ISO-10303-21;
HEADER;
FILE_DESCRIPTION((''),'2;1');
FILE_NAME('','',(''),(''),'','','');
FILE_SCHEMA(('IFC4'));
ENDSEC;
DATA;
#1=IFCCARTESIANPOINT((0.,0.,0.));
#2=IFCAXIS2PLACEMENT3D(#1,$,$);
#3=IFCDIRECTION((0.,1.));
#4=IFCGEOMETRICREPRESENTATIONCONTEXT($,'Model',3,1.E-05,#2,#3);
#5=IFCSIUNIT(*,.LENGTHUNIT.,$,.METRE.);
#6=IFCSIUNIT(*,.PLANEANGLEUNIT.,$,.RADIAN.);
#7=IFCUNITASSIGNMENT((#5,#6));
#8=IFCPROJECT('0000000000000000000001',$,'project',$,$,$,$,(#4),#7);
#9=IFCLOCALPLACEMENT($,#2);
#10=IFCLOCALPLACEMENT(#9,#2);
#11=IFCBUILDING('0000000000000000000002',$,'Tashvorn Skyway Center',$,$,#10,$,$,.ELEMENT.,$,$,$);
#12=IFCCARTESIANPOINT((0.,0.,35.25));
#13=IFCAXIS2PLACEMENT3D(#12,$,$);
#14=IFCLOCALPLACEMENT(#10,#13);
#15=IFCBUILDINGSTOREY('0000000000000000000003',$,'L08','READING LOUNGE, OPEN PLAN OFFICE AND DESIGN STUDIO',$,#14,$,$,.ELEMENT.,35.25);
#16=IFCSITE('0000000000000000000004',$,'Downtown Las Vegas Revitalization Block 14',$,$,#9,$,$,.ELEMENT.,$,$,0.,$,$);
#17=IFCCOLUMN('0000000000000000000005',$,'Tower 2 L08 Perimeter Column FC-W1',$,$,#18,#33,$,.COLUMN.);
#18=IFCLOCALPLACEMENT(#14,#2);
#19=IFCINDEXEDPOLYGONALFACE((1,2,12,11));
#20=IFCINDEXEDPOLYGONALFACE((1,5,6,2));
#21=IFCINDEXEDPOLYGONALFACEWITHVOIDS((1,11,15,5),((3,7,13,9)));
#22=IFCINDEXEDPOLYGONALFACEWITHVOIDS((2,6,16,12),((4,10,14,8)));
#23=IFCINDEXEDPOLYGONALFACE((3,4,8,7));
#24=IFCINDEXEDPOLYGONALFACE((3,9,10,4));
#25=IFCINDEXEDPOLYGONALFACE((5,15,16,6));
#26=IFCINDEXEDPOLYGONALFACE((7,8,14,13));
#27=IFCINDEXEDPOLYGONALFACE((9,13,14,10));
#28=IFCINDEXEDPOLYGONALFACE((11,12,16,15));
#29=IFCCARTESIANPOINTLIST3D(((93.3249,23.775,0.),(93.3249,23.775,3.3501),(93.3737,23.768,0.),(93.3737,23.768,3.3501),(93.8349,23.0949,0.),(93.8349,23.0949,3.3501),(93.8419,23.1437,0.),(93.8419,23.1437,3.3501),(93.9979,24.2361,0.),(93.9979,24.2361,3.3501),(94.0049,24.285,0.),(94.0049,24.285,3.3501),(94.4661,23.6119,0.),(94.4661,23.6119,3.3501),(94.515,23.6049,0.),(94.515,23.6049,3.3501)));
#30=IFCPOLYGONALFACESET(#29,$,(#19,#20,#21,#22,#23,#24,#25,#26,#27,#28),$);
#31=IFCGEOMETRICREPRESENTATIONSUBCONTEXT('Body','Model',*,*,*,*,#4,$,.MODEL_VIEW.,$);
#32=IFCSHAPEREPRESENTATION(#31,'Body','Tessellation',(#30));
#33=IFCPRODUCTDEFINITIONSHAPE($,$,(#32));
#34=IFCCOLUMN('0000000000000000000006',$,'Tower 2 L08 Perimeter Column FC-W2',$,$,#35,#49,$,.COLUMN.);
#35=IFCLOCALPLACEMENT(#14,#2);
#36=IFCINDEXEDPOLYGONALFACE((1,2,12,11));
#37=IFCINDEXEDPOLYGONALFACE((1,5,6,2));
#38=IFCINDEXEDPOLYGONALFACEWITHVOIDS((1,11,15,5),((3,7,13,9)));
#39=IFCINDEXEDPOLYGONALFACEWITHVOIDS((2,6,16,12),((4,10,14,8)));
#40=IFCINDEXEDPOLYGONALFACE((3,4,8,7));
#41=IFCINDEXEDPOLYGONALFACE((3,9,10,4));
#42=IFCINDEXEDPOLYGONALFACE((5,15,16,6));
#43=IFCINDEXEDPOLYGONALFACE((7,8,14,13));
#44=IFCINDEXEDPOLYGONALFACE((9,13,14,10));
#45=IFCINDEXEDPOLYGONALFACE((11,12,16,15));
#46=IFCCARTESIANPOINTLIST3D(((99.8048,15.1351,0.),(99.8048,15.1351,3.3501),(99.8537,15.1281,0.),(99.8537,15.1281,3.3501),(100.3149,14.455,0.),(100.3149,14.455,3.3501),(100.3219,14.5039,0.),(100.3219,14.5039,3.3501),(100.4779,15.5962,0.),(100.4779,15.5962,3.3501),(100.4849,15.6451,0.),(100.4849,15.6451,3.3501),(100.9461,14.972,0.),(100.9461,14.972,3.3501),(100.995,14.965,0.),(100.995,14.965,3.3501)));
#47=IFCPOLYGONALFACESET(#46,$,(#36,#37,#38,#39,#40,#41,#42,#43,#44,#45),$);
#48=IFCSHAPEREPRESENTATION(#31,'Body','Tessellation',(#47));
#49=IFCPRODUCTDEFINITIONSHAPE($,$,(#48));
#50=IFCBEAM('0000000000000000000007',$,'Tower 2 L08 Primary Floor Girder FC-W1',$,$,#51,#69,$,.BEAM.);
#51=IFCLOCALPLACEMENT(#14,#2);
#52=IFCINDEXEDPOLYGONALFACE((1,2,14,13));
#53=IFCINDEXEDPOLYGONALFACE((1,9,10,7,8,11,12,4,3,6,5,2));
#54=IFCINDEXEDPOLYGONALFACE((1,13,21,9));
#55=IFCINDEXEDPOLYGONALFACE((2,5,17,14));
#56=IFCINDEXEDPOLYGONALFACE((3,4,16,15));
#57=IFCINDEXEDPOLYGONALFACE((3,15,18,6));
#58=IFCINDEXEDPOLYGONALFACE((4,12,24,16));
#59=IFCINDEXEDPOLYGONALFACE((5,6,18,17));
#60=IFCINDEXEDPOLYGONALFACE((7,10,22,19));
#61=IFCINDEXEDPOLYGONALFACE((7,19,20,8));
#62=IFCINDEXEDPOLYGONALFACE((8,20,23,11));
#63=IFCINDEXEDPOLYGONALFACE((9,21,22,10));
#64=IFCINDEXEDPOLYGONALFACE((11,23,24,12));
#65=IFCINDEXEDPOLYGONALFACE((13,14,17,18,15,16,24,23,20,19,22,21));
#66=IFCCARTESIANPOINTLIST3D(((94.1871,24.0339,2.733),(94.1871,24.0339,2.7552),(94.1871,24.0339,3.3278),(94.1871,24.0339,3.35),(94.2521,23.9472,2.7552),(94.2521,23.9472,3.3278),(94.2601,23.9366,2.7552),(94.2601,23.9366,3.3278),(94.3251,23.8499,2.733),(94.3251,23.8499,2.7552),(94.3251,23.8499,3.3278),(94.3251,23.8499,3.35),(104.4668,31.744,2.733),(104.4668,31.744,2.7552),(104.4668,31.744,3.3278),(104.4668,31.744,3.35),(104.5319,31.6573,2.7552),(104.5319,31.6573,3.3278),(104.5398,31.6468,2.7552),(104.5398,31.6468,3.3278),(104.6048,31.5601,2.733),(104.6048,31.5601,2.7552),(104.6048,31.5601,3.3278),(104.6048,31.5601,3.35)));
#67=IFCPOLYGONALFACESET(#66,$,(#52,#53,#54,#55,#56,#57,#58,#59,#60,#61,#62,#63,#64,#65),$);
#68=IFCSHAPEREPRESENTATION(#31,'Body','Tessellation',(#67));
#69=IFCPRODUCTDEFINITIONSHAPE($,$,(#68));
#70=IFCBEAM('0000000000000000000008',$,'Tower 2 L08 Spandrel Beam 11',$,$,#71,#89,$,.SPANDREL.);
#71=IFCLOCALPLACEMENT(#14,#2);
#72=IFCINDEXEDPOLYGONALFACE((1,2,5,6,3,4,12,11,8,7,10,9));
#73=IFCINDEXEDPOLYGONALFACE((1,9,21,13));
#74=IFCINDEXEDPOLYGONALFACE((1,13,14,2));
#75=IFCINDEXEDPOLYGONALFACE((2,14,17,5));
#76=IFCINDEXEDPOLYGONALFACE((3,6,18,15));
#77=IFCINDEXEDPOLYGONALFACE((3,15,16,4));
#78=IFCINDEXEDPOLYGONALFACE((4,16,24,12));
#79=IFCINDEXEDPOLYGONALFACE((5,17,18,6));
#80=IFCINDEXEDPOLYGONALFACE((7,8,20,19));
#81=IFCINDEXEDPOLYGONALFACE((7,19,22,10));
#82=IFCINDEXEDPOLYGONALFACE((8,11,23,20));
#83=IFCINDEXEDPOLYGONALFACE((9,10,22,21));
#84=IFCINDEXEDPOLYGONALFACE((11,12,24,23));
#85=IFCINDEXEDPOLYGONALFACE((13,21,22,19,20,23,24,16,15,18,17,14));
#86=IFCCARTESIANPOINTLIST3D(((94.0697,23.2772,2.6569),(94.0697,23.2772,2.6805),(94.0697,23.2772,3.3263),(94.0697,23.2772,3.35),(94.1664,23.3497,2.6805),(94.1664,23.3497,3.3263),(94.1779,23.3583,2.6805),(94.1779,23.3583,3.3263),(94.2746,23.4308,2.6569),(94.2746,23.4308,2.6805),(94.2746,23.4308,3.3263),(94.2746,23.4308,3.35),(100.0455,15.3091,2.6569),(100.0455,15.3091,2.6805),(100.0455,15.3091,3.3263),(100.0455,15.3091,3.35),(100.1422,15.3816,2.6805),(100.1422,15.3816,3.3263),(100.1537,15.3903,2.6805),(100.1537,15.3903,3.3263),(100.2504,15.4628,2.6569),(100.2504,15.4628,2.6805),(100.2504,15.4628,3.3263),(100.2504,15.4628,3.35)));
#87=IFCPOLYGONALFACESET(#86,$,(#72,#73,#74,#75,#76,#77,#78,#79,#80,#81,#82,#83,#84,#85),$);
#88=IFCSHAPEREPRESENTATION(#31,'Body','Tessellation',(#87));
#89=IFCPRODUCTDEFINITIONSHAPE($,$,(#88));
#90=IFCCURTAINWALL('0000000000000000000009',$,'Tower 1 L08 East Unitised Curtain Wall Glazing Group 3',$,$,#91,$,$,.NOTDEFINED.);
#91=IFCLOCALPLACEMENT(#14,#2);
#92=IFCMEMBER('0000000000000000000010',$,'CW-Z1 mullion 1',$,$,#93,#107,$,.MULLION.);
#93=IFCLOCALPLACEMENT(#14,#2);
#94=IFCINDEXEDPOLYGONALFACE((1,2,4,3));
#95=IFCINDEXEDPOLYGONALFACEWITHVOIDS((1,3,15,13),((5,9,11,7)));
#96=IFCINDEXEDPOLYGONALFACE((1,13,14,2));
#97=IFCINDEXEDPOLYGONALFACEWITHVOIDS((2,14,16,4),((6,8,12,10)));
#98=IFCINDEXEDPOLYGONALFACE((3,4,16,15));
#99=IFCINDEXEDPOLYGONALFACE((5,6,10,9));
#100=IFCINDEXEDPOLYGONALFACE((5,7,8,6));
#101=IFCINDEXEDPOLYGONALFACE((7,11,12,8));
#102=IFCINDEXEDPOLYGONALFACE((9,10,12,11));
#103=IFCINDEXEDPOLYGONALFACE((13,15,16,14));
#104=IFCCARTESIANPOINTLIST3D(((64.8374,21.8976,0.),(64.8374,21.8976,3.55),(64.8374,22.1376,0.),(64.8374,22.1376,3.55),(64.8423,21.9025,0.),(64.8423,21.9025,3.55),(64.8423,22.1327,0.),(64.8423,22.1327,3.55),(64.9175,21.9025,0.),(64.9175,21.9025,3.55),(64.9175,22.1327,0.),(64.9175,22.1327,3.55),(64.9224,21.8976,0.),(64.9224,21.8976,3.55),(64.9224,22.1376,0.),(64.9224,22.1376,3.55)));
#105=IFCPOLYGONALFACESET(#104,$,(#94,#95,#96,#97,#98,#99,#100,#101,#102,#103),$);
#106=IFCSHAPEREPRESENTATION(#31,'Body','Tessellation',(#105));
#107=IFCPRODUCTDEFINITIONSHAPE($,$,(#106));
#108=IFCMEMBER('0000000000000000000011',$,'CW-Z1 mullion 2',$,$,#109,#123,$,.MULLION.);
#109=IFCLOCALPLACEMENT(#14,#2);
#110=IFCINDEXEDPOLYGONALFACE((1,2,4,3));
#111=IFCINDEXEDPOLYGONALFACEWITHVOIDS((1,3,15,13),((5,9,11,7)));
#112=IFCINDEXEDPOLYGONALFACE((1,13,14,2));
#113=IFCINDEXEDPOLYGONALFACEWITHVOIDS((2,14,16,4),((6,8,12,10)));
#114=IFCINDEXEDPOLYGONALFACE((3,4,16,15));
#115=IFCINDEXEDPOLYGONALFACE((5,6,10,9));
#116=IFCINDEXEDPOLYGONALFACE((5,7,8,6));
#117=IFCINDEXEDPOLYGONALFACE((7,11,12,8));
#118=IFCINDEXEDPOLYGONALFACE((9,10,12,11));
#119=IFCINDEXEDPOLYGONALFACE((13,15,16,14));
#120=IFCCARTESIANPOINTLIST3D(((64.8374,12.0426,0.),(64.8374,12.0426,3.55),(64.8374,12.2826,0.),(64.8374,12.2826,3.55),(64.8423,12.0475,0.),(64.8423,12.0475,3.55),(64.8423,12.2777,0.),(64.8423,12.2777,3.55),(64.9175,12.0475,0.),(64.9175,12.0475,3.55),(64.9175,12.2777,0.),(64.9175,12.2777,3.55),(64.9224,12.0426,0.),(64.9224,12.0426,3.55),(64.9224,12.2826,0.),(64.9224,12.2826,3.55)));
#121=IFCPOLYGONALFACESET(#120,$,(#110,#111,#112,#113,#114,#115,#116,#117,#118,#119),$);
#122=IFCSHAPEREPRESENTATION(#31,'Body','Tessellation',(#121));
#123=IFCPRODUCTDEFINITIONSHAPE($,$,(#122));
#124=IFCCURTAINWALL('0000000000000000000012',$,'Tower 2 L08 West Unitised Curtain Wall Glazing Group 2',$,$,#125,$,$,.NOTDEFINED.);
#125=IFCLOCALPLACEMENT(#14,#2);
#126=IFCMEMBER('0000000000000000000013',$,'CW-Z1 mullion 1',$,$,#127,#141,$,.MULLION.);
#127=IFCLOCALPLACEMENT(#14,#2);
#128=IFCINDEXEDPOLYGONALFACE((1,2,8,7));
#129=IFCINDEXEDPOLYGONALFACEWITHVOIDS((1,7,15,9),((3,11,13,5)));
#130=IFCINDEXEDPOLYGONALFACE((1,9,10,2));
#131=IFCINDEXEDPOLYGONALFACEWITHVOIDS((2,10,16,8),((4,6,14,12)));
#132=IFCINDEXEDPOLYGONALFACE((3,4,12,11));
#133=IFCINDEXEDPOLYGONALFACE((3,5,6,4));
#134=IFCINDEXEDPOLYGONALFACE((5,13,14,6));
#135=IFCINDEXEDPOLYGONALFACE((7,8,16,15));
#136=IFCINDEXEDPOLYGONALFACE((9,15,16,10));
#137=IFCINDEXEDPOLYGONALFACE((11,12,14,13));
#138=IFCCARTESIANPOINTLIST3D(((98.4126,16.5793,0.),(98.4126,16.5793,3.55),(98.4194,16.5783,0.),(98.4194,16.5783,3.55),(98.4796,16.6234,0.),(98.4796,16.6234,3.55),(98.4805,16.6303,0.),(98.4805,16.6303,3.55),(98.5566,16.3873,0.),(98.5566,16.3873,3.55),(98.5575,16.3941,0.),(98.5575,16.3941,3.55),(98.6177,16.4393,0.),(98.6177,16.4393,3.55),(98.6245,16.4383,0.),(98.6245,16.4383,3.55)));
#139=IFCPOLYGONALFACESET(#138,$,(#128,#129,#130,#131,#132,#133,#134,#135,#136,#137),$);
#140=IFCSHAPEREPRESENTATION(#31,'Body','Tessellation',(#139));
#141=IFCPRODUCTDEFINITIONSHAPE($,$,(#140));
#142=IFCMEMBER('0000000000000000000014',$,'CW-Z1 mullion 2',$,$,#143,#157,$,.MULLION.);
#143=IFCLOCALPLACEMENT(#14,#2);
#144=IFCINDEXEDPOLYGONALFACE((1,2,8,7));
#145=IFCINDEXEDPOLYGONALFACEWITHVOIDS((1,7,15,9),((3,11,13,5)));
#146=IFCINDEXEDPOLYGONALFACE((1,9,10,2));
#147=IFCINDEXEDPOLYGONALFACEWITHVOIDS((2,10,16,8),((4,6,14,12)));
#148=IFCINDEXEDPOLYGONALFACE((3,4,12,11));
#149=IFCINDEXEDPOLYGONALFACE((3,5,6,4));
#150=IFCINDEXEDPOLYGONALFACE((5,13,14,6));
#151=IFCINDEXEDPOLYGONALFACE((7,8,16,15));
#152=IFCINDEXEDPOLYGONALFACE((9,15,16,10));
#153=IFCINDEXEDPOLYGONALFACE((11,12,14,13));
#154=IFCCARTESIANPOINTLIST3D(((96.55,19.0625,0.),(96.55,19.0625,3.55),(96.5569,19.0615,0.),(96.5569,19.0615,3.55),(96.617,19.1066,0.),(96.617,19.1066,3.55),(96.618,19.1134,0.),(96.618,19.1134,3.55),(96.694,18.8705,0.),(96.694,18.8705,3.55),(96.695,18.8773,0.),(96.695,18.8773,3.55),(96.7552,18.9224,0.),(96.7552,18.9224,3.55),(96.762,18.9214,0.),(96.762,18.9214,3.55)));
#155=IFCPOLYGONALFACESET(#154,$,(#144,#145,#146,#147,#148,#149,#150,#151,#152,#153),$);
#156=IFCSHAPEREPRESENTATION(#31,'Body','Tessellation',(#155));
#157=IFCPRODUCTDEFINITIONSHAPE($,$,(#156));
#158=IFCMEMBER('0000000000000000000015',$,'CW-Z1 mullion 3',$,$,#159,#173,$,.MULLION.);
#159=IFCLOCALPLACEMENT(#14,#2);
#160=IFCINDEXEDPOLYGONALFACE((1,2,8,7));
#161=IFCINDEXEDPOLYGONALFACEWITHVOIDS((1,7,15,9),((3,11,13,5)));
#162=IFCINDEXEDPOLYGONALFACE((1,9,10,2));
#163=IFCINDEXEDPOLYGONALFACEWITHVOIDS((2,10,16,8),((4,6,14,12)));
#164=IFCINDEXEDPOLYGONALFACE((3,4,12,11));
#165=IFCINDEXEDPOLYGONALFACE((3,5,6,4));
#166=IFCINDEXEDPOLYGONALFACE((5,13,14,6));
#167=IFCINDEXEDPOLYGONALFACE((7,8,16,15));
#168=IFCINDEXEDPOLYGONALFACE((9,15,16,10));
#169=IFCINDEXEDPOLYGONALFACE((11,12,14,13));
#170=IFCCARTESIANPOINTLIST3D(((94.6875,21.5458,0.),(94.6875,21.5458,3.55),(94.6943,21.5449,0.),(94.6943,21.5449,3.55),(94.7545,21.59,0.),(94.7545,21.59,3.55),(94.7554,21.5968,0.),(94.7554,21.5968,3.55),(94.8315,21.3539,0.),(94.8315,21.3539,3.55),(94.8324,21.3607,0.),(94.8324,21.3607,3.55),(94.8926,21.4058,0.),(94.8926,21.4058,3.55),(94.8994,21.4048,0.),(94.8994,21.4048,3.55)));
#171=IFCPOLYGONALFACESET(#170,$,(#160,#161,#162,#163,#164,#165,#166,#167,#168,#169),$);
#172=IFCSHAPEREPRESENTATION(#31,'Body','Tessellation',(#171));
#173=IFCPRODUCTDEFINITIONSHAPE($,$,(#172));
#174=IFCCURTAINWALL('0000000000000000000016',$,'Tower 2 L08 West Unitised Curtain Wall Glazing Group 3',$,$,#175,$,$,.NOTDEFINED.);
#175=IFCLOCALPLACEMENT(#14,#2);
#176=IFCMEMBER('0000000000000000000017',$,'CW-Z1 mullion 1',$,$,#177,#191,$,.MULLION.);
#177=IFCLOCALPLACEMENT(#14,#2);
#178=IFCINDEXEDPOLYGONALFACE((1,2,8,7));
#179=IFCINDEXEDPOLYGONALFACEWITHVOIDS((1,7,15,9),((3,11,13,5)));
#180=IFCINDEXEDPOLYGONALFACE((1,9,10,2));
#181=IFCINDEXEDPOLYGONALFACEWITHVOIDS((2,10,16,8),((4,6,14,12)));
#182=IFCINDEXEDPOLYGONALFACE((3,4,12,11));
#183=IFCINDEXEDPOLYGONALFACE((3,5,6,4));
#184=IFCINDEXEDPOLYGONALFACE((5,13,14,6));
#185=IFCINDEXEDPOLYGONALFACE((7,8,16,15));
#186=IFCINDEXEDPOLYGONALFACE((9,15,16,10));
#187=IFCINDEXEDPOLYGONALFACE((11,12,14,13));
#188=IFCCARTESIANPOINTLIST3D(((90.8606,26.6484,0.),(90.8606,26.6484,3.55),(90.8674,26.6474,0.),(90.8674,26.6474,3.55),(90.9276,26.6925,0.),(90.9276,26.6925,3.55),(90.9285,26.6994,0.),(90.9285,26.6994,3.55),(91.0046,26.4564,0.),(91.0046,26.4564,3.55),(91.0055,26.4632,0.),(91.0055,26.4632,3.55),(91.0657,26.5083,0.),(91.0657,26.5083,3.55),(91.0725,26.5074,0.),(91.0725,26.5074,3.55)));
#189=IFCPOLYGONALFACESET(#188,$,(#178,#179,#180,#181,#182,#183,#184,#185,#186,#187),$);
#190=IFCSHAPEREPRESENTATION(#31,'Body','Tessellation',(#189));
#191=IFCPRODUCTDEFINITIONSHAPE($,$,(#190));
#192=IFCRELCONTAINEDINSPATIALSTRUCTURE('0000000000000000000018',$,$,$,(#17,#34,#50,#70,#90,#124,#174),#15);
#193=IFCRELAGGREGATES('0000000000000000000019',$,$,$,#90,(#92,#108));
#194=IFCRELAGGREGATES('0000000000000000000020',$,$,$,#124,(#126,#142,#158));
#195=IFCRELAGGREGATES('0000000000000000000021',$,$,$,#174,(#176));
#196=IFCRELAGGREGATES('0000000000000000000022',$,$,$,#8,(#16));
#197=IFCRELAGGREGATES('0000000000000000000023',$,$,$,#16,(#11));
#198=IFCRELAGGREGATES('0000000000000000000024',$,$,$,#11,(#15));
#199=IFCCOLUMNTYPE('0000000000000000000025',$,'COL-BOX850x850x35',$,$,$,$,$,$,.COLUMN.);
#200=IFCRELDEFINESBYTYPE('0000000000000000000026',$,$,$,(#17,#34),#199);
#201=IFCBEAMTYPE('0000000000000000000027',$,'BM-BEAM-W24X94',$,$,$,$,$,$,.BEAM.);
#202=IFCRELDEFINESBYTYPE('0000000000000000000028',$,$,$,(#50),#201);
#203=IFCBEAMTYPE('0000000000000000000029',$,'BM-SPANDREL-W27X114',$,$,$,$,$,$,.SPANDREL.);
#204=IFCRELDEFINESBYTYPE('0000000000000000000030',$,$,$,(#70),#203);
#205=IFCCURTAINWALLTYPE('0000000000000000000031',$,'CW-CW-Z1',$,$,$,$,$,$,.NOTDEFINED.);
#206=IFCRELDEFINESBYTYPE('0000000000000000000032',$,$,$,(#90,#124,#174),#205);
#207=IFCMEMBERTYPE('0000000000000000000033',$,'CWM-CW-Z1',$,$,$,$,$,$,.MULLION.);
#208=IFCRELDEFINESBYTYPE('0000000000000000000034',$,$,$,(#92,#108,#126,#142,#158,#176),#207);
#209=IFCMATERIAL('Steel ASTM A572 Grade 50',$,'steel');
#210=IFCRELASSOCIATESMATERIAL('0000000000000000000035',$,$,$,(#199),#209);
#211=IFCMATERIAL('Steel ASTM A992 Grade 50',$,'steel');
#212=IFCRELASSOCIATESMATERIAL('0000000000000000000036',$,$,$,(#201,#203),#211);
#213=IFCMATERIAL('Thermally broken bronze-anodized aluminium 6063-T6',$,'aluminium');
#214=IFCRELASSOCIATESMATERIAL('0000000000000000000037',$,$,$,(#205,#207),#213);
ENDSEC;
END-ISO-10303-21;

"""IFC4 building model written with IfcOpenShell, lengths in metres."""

from ifc_helpers import new_model, si_unit, direction, frame, origin, origin_2d, place, context, subcontext, project, spatial, hollow_rectangle, i_section, extrude, material, material_profile, profile_set, type_object, element, aggregate, save


model = new_model("IFC4")

# Units and contexts
model_context = context("Model", 3, precision=1e-05, world=origin(), true_north=direction((0.0, 1.0)))
body_context = subcontext(model_context, "Body", "Model", "MODEL_VIEW")
ifc_project = project(units=[si_unit("LENGTHUNIT", "METRE"), si_unit("PLANEANGLEUNIT", "RADIAN")], contexts=[model_context])

# Site, building, storey
site_placement = place(None, origin())
site = spatial("IfcSite", under=ifc_project, at=site_placement, Name="Downtown Las Vegas Revitalization Block 14", CompositionType="ELEMENT", RefElevation=0.0)
building_placement = place(site_placement, origin())
building = spatial("IfcBuilding", under=site, at=building_placement, Name="Tashvorn Skyway Center", CompositionType="ELEMENT")
storey_placement = place(building_placement, frame((0.0, 0.0, 35.25)))
storey = spatial("IfcBuildingStorey", under=building, at=storey_placement, Name="L08", Description="READING LOUNGE, OPEN PLAN OFFICE AND DESIGN STUDIO", CompositionType="ELEMENT", Elevation=35.25)

# Columns
ifc_material_1 = material(Name="Steel ASTM A572 Grade 50", Category="steel")
ifc_material_profile_1 = material_profile(ifc_material_1, hollow_rectangle(XDim=0.8501, YDim=0.8501, WallThickness=0.0349, at=origin_2d()), Name="BOX850x850x35")
ifc_profile_set_1 = profile_set([ifc_material_profile_1], Name="Steel ASTM A572 Grade 50")
column_type = type_object("IfcColumnType", Name="COL-BOX850x850x35", PredefinedType="COLUMN", material=ifc_profile_set_1)
for number, where, z_axis, x_axis, name in (
    (1, (93.9199, 23.6899, 0.0), (0.0, 0.0, 1.0), (0.8, 0.6, 0.0), "Tower 2 L08 Perimeter Column FC-W1"),
    (2, (100.3999, 15.05, 0.0), (0.0, 0.0, 1.0), (0.8, 0.6, 0.0), "Tower 2 L08 Perimeter Column FC-W2"),
):
    element("IfcColumn", number, at=place(storey_placement, frame(where, z_axis=z_axis, x_axis=x_axis)), inside=storey, type_object=column_type, Name=name, PredefinedType="COLUMN", context=body_context, shape_type="SweptSolid", body=[
        extrude(hollow_rectangle(XDim=0.8501, YDim=0.8501, WallThickness=0.0349, at=origin_2d()), origin(), (0.0, 0.0, 1.0), 3.3501),
    ])

# Beams
ifc_material_2 = material(Name="Steel ASTM A992 Grade 50", Category="steel")
ifc_material_profile_2 = material_profile(ifc_material_2, i_section(OverallWidth=0.23, OverallDepth=0.6169, WebThickness=0.0132, FlangeThickness=0.0222, at=origin_2d()), Name="W24X94")
ifc_profile_set_2 = profile_set([ifc_material_profile_2], Name="Steel ASTM A992 Grade 50")
beam_type_1 = type_object("IfcBeamType", Name="BM-BEAM-W24X94", PredefinedType="BEAM", material=ifc_profile_set_2)
beam_1_placement = place(storey_placement, frame((94.2561, 23.9419, 3.0415), z_axis=(0.799986, 0.600018, 0.0), x_axis=(-0.600018, 0.799986, 0.0)))
element("IfcBeam", 3, at=beam_1_placement, inside=storey, type_object=beam_type_1, Name="Tower 2 L08 Primary Floor Girder FC-W1", PredefinedType="BEAM", context=body_context, shape_type="SweptSolid", body=[
    extrude(i_section(OverallWidth=0.23, OverallDepth=0.6169, WebThickness=0.0132, FlangeThickness=0.0222, at=origin_2d()), origin(), (0.0, 0.0, 1.0), 12.8499),
])
ifc_material_profile_3 = material_profile(ifc_material_2, i_section(OverallWidth=0.2561, OverallDepth=0.6931, WebThickness=0.0144, FlangeThickness=0.0237, at=origin_2d()), Name="W27X114")
ifc_profile_set_3 = profile_set([ifc_material_profile_3], Name="Steel ASTM A992 Grade 50")
beam_type_2 = type_object("IfcBeamType", Name="BM-SPANDREL-W27X114", PredefinedType="SPANDREL", material=ifc_profile_set_3)
beam_2_placement = place(storey_placement, frame((94.1721, 23.354, 3.0034), z_axis=(0.599988, -0.800009, 0.0), x_axis=(0.800009, 0.599988, 0.0)))
element("IfcBeam", 4, at=beam_2_placement, inside=storey, type_object=beam_type_2, Name="Tower 2 L08 Spandrel Beam 11", PredefinedType="SPANDREL", context=body_context, shape_type="SweptSolid", body=[
    extrude(i_section(OverallWidth=0.2561, OverallDepth=0.6931, WebThickness=0.0144, FlangeThickness=0.0237, at=origin_2d()), origin(), (0.0, 0.0, 1.0), 9.96),
])

# Curtain walls, members
ifc_material_3 = material(Name="Thermally broken bronze-anodized aluminium 6063-T6", Category="aluminium")
curtain_wall_type = type_object("IfcCurtainWallType", Name="CW-CW-Z1", PredefinedType="NOTDEFINED", material=ifc_material_3)
curtain_wall_1_placement = place(storey_placement, origin())
curtain_wall_1 = element("IfcCurtainWall", 5, at=curtain_wall_1_placement, inside=storey, type_object=curtain_wall_type, Name="Tower 1 L08 East Unitised Curtain Wall Glazing Group 3", PredefinedType="NOTDEFINED")
ifc_material_profile_4 = material_profile(ifc_material_3, hollow_rectangle(XDim=0.085, YDim=0.24, WallThickness=0.0049, at=origin_2d()), Name="ALU-MULL-85x240")
ifc_profile_set_4 = profile_set([ifc_material_profile_4], Name="Thermally broken bronze-anodized aluminium 6063-T6")
member_type_1 = type_object("IfcMemberType", Name="CWM-CW-Z1", PredefinedType="MULLION", material=ifc_profile_set_4)
member_1_placement = place(storey_placement, frame((64.8799, 22.0176, 0.0), z_axis=(0.0, 0.0, 1.0), x_axis=(1.0, 0.0, 0.0)))
member_1 = element("IfcMember", 6, at=member_1_placement, type_object=member_type_1, Name="CW-Z1 mullion 1", PredefinedType="MULLION", context=body_context, shape_type="SweptSolid", body=[
    extrude(hollow_rectangle(XDim=0.085, YDim=0.24, WallThickness=0.0049, at=origin_2d()), origin(), (0.0, 0.0, 1.0), 3.55),
])
member_2_placement = place(storey_placement, frame((64.8799, 12.1626, 0.0), z_axis=(0.0, 0.0, 1.0), x_axis=(1.0, 0.0, 0.0)))
member_2 = element("IfcMember", 7, at=member_2_placement, type_object=member_type_1, Name="CW-Z1 mullion 2", PredefinedType="MULLION", context=body_context, shape_type="SweptSolid", body=[
    extrude(hollow_rectangle(XDim=0.085, YDim=0.24, WallThickness=0.0049, at=origin_2d()), origin(), (0.0, 0.0, 1.0), 3.55),
])
curtain_wall_2_placement = place(storey_placement, origin())
curtain_wall_2 = element("IfcCurtainWall", 8, at=curtain_wall_2_placement, inside=storey, type_object=curtain_wall_type, Name="Tower 2 L08 West Unitised Curtain Wall Glazing Group 2", PredefinedType="NOTDEFINED")
member_3_placement = place(storey_placement, frame((98.5186, 16.5088, 0.0), z_axis=(0.0, 0.0, 1.0), x_axis=(-0.799996, -0.600005, 0.0)))
member_3 = element("IfcMember", 9, at=member_3_placement, type_object=member_type_1, Name="CW-Z1 mullion 1", PredefinedType="MULLION", context=body_context, shape_type="SweptSolid", body=[
    extrude(hollow_rectangle(XDim=0.085, YDim=0.24, WallThickness=0.0049, at=origin_2d()), origin(), (0.0, 0.0, 1.0), 3.55),
])
member_4_placement = place(storey_placement, frame((96.656, 18.9919, 0.0), z_axis=(0.0, 0.0, 1.0), x_axis=(-0.799996, -0.600005, 0.0)))
member_4 = element("IfcMember", 10, at=member_4_placement, type_object=member_type_1, Name="CW-Z1 mullion 2", PredefinedType="MULLION", context=body_context, shape_type="SweptSolid", body=[
    extrude(hollow_rectangle(XDim=0.085, YDim=0.24, WallThickness=0.0049, at=origin_2d()), origin(), (0.0, 0.0, 1.0), 3.55),
])
member_5_placement = place(storey_placement, frame((94.7935, 21.4753, 0.0), z_axis=(0.0, 0.0, 1.0), x_axis=(-0.799996, -0.600005, 0.0)))
member_5 = element("IfcMember", 11, at=member_5_placement, type_object=member_type_1, Name="CW-Z1 mullion 3", PredefinedType="MULLION", context=body_context, shape_type="SweptSolid", body=[
    extrude(hollow_rectangle(XDim=0.085, YDim=0.24, WallThickness=0.0049, at=origin_2d()), origin(), (0.0, 0.0, 1.0), 3.55),
])

# Curtain wall, member
curtain_wall_3_placement = place(storey_placement, origin())
curtain_wall_3 = element("IfcCurtainWall", 12, at=curtain_wall_3_placement, inside=storey, type_object=curtain_wall_type, Name="Tower 2 L08 West Unitised Curtain Wall Glazing Group 3", PredefinedType="NOTDEFINED")
member_6_placement = place(storey_placement, frame((90.9666, 26.5779, 0.0), z_axis=(0.0, 0.0, 1.0), x_axis=(-0.8, -0.6, 0.0)))
member_6 = element("IfcMember", 13, at=member_6_placement, type_object=member_type_1, Name="CW-Z1 mullion 1", PredefinedType="MULLION", context=body_context, shape_type="SweptSolid", body=[
    extrude(hollow_rectangle(XDim=0.085, YDim=0.24, WallThickness=0.0049, at=origin_2d()), origin(), (0.0, 0.0, 1.0), 3.55),
])

aggregate(curtain_wall_1, [member_1, member_2])
aggregate(curtain_wall_2, [member_3, member_4, member_5])
aggregate(curtain_wall_3, [member_6])

save(model, "model.ifc")
